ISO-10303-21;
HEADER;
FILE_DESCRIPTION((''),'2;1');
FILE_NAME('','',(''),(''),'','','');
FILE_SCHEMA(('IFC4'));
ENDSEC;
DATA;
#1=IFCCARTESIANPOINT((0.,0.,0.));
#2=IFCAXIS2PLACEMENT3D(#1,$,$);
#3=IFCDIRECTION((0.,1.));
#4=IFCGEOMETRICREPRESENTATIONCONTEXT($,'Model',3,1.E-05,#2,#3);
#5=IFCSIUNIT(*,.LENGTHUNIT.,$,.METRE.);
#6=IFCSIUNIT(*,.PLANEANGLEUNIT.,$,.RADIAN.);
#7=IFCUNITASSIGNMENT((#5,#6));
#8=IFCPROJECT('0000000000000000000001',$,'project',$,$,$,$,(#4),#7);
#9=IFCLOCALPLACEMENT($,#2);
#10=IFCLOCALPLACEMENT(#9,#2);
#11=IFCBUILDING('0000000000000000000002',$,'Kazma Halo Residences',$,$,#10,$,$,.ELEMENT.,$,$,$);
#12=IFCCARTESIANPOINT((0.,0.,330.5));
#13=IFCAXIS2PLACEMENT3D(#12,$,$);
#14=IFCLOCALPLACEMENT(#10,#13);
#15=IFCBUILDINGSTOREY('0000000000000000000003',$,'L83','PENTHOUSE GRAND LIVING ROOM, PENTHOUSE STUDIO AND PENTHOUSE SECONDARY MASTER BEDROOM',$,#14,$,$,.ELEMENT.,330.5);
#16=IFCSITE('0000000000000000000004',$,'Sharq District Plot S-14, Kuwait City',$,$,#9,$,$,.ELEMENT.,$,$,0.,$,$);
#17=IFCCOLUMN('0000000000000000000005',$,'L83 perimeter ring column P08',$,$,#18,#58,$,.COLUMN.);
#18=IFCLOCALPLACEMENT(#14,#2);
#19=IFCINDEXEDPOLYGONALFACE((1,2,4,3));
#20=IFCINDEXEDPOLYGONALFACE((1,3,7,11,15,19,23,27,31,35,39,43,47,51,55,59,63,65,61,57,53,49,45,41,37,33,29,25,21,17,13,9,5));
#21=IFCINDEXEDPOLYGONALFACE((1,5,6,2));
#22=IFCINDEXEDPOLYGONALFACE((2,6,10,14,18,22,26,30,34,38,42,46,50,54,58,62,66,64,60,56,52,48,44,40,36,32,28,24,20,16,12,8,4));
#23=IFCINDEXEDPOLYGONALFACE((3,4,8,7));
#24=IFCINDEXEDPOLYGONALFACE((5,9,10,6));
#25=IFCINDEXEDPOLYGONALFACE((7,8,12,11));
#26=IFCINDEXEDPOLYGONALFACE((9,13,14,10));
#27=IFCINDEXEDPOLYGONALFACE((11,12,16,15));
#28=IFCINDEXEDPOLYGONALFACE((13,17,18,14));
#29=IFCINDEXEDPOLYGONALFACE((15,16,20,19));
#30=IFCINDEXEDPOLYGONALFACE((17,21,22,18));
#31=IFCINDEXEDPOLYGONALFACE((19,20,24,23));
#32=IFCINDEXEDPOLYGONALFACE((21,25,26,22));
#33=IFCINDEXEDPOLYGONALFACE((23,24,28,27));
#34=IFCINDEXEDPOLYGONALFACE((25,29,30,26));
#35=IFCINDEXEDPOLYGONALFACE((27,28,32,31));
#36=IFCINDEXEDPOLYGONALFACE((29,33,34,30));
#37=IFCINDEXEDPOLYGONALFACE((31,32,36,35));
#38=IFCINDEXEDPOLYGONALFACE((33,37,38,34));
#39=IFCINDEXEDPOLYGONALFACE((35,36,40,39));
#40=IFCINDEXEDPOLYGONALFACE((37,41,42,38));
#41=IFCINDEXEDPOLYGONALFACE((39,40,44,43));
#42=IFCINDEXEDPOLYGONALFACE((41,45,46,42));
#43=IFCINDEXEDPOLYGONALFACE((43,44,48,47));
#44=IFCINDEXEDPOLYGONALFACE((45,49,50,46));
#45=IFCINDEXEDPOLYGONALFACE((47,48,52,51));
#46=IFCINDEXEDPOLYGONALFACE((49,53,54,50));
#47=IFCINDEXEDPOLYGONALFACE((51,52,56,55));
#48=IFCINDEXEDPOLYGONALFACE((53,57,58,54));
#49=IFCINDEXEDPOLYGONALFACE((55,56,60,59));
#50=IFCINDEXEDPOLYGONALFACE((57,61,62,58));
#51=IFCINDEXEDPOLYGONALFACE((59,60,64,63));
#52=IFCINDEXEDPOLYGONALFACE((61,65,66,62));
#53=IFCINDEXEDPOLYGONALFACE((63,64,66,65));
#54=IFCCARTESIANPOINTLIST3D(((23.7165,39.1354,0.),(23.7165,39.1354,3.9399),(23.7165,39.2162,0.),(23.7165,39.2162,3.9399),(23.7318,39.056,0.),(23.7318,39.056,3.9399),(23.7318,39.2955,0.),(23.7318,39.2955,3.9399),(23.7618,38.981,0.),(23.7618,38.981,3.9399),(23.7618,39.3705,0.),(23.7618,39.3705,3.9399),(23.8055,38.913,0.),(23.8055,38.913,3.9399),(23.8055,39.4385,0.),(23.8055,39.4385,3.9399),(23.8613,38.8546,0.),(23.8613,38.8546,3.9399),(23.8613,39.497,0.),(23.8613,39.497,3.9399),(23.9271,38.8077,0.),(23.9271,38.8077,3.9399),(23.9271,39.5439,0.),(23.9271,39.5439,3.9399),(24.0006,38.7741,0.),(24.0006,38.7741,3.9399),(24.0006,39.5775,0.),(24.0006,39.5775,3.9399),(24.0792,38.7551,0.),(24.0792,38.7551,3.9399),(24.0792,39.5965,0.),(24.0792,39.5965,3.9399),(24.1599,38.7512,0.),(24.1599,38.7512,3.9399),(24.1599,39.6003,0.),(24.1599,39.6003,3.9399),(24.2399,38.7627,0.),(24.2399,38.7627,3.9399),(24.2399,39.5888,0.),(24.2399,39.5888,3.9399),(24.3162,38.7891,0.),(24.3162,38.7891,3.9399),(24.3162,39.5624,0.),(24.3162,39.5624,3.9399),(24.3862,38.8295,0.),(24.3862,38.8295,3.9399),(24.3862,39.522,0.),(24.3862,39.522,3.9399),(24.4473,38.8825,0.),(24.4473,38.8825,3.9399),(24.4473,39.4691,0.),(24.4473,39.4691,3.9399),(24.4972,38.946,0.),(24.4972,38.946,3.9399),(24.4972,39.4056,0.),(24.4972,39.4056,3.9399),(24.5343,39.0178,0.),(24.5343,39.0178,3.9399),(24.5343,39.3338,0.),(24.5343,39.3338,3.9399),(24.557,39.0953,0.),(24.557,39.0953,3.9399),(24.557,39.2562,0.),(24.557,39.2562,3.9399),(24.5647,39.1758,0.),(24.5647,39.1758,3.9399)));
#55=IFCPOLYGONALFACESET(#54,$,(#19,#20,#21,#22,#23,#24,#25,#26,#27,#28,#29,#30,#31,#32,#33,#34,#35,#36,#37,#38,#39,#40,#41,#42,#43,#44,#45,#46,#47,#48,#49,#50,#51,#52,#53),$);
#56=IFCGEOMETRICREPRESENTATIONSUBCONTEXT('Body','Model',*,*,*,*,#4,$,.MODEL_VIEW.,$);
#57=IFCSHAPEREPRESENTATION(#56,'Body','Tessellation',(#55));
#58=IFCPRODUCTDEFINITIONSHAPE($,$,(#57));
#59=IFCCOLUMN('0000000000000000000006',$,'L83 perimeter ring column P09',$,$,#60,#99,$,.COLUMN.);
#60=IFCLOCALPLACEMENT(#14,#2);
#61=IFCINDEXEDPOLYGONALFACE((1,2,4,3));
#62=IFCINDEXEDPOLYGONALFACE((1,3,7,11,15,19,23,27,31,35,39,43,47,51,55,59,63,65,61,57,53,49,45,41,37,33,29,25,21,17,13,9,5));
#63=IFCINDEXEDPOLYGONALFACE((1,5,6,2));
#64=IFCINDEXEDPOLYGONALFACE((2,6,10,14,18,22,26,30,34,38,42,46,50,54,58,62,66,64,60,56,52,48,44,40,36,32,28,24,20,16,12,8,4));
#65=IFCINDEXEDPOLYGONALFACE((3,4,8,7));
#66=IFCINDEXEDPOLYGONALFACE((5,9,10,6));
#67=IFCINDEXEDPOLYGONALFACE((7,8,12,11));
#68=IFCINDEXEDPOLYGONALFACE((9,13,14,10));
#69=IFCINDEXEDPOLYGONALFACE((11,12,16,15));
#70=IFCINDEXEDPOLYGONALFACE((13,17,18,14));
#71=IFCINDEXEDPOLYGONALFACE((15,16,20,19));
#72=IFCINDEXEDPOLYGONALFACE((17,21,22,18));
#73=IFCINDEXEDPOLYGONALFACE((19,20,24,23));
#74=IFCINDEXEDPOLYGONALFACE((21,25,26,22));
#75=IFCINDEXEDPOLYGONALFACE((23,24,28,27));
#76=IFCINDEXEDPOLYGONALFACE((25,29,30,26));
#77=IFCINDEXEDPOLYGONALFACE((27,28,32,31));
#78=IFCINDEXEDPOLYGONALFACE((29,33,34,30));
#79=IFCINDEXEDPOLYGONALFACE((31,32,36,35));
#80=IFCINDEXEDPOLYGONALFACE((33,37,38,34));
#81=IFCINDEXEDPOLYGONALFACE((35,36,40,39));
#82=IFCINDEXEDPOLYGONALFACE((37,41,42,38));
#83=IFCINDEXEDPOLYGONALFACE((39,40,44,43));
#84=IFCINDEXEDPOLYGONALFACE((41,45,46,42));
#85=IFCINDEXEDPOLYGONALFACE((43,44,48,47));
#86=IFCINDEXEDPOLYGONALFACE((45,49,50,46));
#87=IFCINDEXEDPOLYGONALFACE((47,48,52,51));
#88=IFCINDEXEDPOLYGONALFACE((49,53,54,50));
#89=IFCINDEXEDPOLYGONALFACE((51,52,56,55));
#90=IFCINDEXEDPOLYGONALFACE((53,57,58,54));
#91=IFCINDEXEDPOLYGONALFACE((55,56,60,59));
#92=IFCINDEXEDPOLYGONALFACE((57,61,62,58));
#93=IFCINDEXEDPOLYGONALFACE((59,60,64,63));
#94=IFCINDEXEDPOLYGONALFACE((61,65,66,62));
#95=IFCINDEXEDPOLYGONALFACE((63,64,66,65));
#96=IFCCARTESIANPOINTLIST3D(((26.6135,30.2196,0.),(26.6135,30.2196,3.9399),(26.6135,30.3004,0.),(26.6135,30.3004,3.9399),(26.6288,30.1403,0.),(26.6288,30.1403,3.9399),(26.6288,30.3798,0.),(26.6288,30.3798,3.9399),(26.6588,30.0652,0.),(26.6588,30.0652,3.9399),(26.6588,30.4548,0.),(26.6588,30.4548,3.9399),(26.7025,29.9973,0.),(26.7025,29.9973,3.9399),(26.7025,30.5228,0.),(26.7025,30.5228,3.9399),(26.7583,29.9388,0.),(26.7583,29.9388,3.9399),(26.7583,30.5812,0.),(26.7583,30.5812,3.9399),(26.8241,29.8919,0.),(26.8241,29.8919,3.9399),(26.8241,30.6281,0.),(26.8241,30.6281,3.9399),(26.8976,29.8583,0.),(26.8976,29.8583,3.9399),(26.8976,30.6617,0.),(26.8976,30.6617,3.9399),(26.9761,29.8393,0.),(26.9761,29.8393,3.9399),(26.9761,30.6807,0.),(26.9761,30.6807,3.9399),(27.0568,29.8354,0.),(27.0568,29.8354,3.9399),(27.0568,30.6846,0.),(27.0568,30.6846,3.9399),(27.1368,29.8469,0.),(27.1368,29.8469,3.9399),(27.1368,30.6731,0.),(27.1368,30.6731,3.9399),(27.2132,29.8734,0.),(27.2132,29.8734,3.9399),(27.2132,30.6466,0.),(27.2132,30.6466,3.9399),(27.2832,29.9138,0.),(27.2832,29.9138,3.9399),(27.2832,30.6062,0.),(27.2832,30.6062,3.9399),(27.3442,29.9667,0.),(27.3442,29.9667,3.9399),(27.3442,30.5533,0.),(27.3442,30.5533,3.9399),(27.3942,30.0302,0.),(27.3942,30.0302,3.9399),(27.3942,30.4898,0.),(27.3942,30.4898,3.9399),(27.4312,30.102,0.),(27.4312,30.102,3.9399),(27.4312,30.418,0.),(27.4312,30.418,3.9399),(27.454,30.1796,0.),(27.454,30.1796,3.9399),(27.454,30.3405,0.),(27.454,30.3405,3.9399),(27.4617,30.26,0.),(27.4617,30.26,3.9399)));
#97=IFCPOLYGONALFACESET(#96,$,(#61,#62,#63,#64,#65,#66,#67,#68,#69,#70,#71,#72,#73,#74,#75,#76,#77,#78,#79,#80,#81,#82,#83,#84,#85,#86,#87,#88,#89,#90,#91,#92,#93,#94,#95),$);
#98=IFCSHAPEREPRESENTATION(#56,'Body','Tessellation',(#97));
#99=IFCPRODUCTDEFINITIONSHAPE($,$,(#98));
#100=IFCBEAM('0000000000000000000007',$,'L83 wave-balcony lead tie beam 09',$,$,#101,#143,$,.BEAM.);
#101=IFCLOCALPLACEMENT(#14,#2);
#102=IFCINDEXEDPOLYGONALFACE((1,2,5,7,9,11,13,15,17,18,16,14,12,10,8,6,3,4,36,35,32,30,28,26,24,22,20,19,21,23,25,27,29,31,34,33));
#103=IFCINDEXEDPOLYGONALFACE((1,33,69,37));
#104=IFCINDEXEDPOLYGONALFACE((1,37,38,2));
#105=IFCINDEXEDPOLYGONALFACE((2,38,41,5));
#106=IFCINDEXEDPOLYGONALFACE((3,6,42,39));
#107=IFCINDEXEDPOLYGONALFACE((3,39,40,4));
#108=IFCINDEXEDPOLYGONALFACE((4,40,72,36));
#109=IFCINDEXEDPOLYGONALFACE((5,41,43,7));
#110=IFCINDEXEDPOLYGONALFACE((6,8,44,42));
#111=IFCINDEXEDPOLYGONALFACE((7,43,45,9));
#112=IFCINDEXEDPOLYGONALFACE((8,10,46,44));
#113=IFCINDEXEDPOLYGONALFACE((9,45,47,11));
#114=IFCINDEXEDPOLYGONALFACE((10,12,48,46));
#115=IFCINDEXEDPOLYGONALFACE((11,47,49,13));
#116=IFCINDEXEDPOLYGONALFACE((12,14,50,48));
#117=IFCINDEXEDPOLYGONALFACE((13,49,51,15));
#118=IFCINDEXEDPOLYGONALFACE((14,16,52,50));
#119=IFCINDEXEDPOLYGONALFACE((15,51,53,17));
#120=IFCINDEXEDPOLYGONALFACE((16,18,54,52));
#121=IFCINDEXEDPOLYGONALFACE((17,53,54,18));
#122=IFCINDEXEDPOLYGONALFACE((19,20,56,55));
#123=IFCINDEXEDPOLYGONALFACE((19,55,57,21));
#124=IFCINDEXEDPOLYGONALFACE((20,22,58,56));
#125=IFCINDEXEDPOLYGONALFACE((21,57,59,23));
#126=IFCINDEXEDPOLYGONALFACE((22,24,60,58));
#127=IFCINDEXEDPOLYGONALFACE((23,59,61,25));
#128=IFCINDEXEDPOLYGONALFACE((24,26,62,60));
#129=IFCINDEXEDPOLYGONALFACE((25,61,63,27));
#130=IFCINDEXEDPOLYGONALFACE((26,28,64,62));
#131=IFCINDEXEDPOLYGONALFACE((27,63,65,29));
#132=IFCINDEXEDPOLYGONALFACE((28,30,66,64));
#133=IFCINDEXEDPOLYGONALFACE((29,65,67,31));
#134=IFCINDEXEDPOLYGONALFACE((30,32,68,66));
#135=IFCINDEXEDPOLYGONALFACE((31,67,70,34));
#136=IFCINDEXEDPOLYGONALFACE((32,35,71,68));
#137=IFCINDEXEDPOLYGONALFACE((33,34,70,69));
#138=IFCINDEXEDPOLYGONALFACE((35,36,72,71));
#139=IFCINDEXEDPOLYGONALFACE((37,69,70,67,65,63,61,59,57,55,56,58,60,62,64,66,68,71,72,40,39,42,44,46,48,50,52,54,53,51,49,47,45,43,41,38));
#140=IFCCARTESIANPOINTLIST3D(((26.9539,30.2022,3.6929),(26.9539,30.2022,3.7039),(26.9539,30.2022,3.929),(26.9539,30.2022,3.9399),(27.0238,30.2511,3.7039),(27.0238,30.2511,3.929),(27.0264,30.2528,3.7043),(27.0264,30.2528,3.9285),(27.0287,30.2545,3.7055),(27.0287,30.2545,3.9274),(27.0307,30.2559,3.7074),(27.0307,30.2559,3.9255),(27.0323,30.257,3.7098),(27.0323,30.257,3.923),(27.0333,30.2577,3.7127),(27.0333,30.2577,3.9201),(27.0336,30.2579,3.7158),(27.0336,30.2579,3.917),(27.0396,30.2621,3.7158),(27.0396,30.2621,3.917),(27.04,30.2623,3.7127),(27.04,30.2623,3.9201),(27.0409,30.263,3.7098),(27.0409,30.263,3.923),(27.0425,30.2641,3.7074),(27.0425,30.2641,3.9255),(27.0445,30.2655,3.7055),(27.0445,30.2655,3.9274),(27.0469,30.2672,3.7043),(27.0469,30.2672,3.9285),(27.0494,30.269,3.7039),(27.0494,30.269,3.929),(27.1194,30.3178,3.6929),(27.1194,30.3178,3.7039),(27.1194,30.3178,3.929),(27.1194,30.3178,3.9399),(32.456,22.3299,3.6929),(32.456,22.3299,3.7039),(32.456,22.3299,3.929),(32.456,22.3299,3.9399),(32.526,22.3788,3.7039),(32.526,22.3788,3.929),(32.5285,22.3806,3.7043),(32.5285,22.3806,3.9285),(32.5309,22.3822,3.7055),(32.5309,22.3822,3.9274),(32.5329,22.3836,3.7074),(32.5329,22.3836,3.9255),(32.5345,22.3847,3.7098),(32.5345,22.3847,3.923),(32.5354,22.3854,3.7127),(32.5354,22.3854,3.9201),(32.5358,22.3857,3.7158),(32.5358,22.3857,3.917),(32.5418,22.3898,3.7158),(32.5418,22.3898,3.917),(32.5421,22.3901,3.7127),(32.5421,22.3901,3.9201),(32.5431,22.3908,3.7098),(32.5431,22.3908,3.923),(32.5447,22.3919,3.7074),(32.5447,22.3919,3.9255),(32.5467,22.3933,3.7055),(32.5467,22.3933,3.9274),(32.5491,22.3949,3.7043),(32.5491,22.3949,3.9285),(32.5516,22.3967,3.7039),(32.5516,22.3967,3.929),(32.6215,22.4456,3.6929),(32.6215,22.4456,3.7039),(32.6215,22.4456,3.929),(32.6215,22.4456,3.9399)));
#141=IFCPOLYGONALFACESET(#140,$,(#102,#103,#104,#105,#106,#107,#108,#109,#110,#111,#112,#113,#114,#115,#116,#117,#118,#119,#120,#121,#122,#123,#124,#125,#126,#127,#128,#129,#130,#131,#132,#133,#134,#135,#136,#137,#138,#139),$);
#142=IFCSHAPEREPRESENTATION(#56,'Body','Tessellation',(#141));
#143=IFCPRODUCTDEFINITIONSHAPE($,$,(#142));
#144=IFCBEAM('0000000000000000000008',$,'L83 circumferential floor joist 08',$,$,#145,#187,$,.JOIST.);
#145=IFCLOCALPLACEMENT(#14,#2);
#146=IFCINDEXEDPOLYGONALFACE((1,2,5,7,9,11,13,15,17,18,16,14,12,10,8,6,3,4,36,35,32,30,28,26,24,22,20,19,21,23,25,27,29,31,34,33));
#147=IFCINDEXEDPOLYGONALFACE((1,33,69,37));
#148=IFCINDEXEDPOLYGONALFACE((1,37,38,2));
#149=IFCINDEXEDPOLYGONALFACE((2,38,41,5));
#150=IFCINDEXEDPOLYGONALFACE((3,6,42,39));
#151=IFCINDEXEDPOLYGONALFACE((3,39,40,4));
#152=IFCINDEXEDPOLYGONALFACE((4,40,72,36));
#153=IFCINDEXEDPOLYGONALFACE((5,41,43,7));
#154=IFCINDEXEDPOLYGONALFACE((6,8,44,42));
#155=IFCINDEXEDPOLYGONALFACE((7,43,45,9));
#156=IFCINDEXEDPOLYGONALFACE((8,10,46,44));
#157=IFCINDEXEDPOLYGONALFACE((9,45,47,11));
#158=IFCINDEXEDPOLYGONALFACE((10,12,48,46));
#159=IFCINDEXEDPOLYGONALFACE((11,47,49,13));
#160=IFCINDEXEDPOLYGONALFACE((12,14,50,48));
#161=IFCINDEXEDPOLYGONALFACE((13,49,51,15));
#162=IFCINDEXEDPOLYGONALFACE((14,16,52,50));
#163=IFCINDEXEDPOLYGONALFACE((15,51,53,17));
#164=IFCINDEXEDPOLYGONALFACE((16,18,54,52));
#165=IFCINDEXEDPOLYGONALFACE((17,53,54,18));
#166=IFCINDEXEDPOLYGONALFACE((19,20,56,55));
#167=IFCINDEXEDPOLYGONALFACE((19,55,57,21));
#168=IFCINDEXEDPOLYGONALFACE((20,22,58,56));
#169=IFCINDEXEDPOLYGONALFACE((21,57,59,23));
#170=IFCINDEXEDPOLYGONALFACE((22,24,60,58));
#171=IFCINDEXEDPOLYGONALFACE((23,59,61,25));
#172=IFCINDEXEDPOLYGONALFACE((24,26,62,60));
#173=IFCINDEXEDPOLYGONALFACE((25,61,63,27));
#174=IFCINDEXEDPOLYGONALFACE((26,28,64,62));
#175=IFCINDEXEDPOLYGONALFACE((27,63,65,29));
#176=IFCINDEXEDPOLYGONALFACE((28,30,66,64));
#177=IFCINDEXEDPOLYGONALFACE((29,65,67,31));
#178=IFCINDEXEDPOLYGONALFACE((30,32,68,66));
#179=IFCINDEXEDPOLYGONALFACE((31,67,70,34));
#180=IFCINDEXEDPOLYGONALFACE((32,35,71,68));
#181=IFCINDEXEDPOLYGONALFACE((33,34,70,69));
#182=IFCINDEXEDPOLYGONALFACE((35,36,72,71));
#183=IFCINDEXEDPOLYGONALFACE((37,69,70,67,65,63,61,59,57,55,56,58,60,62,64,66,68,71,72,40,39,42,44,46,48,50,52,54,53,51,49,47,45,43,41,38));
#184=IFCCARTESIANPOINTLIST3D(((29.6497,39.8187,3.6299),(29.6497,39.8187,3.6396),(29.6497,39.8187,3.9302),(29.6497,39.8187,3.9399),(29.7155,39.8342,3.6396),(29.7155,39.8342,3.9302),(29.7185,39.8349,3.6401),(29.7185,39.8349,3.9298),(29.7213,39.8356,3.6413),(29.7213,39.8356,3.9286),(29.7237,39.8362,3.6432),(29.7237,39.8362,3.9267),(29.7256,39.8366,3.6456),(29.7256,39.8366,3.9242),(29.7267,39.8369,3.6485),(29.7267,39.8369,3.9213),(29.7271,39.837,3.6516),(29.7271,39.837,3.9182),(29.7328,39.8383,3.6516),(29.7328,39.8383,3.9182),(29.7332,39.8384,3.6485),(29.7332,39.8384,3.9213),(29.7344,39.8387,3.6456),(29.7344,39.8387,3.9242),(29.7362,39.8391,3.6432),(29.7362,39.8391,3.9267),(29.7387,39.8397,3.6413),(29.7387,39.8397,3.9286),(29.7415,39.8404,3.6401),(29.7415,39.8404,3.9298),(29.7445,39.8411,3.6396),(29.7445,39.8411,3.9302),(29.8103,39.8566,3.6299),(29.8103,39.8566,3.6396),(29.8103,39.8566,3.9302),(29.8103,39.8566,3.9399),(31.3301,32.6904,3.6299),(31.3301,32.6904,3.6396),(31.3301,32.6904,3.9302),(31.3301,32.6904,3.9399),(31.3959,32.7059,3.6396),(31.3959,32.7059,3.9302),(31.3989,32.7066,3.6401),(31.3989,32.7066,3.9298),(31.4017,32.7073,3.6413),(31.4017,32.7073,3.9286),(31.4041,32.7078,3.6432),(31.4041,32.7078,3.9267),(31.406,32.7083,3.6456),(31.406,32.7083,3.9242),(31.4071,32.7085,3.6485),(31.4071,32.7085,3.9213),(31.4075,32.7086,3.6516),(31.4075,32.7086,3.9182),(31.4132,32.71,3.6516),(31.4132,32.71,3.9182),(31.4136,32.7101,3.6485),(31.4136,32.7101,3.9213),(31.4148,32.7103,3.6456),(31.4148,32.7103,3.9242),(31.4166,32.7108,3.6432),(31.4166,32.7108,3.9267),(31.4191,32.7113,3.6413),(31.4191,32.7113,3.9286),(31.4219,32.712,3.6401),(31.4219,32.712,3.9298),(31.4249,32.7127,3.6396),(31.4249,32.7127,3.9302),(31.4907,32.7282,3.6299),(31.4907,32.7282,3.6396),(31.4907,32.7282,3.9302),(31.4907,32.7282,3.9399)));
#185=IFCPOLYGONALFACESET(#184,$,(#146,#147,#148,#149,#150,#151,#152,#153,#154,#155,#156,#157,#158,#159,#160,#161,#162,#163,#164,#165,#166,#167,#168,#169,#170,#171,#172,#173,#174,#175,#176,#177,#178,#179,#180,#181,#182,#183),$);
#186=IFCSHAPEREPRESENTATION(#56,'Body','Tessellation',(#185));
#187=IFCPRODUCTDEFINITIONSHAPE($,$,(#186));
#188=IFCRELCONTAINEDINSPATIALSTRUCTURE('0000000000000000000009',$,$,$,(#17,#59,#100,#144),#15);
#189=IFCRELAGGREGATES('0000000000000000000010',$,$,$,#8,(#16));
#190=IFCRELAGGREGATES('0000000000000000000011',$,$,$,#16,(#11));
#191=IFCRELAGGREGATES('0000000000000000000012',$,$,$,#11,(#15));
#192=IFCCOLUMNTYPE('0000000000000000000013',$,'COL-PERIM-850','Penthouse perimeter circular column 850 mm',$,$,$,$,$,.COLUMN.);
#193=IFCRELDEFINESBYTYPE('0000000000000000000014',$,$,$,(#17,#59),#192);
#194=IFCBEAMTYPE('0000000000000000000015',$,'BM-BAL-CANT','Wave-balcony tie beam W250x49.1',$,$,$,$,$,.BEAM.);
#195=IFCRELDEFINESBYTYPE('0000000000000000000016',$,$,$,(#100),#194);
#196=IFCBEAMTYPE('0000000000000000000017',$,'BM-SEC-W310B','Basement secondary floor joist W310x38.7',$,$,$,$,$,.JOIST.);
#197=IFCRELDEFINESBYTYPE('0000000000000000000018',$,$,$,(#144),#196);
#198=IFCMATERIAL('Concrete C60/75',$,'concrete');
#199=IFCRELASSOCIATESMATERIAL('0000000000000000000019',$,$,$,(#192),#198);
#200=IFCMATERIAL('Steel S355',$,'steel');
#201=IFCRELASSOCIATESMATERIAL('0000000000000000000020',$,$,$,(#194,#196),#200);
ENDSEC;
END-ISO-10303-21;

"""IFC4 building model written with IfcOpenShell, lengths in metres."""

from ifc_helpers import new_model, si_unit, direction, frame, origin, origin_2d, place, context, subcontext, project, spatial, circle, i_section, extrude, material, material_profile, profile_set, type_object, element, save


model = new_model("IFC4")

# Units and contexts
model_context = context("Model", 3, precision=1e-05, world=origin(), true_north=direction((0.0, 1.0)))
body_context = subcontext(model_context, "Body", "Model", "MODEL_VIEW")
ifc_project = project(units=[si_unit("LENGTHUNIT", "METRE"), si_unit("PLANEANGLEUNIT", "RADIAN")], contexts=[model_context])

# Site, building, storey
site_placement = place(None, origin())
site = spatial("IfcSite", under=ifc_project, at=site_placement, Name="Sharq District Plot S-14, Kuwait City", CompositionType="ELEMENT", RefElevation=0.0)
building_placement = place(site_placement, origin())
building = spatial("IfcBuilding", under=site, at=building_placement, Name="Kazma Halo Residences", CompositionType="ELEMENT")
storey_placement = place(building_placement, frame((0.0, 0.0, 330.5)))
storey = spatial("IfcBuildingStorey", under=building, at=storey_placement, Name="L83", Description="PENTHOUSE GRAND LIVING ROOM, PENTHOUSE STUDIO AND PENTHOUSE SECONDARY MASTER BEDROOM", CompositionType="ELEMENT", Elevation=330.5)

# Columns
ifc_material_1 = material(Name="Concrete C60/75", Category="concrete")
ifc_material_profile_1 = material_profile(ifc_material_1, circle(Radius=0.425, at=origin_2d()), Name="CIRC850")
ifc_profile_set_1 = profile_set([ifc_material_profile_1], Name="Concrete C60/75")
column_type = type_object("IfcColumnType", Name="COL-PERIM-850", Description="Penthouse perimeter circular column 850 mm", PredefinedType="COLUMN", material=ifc_profile_set_1)
for number, where, z_axis, x_axis, name in (
    (1, (24.1396, 39.1758, 0.0), (0.0, 0.0, 1.0), (1.0, 0.0, 0.0), "L83 perimeter ring column P08"),
    (2, (27.0366, 30.26, 0.0), (0.0, 0.0, 1.0), (1.0, 0.0, 0.0), "L83 perimeter ring column P09"),
):
    element("IfcColumn", number, at=place(storey_placement, frame(where, z_axis=z_axis, x_axis=x_axis)), inside=storey, type_object=column_type, Name=name, PredefinedType="COLUMN", context=body_context, shape_type="SweptSolid", body=[
        extrude(circle(Radius=0.425, at=origin_2d()), origin(), (0.0, 0.0, 1.0), 3.9399),
    ])

# Beams
ifc_material_2 = material(Name="Steel S355", Category="steel")
ifc_material_profile_2 = material_profile(ifc_material_2, i_section(OverallWidth=0.2019, OverallDepth=0.2471, WebThickness=0.0073, FlangeThickness=0.011, FilletRadius=0.012, at=origin_2d()), Name="W250x49.1")
ifc_profile_set_2 = profile_set([ifc_material_profile_2], Name="Steel S355")
beam_type_1 = type_object("IfcBeamType", Name="BM-BAL-CANT", Description="Wave-balcony tie beam W250x49.1", PredefinedType="BEAM", material=ifc_profile_set_2)
beam_1_placement = place(storey_placement, frame((27.0366, 30.26, 3.8164), z_axis=(0.572874, -0.819644, 0.0), x_axis=(0.819644, 0.572874, 0.0)))
element("IfcBeam", 3, at=beam_1_placement, inside=storey, type_object=beam_type_1, Name="L83 wave-balcony lead tie beam 09", PredefinedType="BEAM", context=body_context, shape_type="SweptSolid", body=[
    extrude(i_section(OverallWidth=0.2019, OverallDepth=0.2471, WebThickness=0.0073, FlangeThickness=0.011, FilletRadius=0.012, at=origin_2d()), origin(), (0.0, 0.0, 1.0), 9.6045),
])
ifc_material_profile_3 = material_profile(ifc_material_2, i_section(OverallWidth=0.165, OverallDepth=0.3101, WebThickness=0.0059, FlangeThickness=0.0098, FilletRadius=0.012, at=origin_2d()), Name="W310x38.7")
ifc_profile_set_3 = profile_set([ifc_material_profile_3], Name="Steel S355")
beam_type_2 = type_object("IfcBeamType", Name="BM-SEC-W310B", Description="Basement secondary floor joist W310x38.7", PredefinedType="JOIST", material=ifc_profile_set_3)
beam_2_placement = place(storey_placement, frame((29.73, 39.8376, 3.7849), z_axis=(0.229446, -0.973321, 0.0), x_axis=(0.973321, 0.229446, 0.0)))
element("IfcBeam", 4, at=beam_2_placement, inside=storey, type_object=beam_type_2, Name="L83 circumferential floor joist 08", PredefinedType="JOIST", context=body_context, shape_type="SweptSolid", body=[
    extrude(i_section(OverallWidth=0.165, OverallDepth=0.3101, WebThickness=0.0059, FlangeThickness=0.0098, FilletRadius=0.012, at=origin_2d()), origin(), (0.0, 0.0, 1.0), 7.3237),
])

save(model, "model.ifc")
